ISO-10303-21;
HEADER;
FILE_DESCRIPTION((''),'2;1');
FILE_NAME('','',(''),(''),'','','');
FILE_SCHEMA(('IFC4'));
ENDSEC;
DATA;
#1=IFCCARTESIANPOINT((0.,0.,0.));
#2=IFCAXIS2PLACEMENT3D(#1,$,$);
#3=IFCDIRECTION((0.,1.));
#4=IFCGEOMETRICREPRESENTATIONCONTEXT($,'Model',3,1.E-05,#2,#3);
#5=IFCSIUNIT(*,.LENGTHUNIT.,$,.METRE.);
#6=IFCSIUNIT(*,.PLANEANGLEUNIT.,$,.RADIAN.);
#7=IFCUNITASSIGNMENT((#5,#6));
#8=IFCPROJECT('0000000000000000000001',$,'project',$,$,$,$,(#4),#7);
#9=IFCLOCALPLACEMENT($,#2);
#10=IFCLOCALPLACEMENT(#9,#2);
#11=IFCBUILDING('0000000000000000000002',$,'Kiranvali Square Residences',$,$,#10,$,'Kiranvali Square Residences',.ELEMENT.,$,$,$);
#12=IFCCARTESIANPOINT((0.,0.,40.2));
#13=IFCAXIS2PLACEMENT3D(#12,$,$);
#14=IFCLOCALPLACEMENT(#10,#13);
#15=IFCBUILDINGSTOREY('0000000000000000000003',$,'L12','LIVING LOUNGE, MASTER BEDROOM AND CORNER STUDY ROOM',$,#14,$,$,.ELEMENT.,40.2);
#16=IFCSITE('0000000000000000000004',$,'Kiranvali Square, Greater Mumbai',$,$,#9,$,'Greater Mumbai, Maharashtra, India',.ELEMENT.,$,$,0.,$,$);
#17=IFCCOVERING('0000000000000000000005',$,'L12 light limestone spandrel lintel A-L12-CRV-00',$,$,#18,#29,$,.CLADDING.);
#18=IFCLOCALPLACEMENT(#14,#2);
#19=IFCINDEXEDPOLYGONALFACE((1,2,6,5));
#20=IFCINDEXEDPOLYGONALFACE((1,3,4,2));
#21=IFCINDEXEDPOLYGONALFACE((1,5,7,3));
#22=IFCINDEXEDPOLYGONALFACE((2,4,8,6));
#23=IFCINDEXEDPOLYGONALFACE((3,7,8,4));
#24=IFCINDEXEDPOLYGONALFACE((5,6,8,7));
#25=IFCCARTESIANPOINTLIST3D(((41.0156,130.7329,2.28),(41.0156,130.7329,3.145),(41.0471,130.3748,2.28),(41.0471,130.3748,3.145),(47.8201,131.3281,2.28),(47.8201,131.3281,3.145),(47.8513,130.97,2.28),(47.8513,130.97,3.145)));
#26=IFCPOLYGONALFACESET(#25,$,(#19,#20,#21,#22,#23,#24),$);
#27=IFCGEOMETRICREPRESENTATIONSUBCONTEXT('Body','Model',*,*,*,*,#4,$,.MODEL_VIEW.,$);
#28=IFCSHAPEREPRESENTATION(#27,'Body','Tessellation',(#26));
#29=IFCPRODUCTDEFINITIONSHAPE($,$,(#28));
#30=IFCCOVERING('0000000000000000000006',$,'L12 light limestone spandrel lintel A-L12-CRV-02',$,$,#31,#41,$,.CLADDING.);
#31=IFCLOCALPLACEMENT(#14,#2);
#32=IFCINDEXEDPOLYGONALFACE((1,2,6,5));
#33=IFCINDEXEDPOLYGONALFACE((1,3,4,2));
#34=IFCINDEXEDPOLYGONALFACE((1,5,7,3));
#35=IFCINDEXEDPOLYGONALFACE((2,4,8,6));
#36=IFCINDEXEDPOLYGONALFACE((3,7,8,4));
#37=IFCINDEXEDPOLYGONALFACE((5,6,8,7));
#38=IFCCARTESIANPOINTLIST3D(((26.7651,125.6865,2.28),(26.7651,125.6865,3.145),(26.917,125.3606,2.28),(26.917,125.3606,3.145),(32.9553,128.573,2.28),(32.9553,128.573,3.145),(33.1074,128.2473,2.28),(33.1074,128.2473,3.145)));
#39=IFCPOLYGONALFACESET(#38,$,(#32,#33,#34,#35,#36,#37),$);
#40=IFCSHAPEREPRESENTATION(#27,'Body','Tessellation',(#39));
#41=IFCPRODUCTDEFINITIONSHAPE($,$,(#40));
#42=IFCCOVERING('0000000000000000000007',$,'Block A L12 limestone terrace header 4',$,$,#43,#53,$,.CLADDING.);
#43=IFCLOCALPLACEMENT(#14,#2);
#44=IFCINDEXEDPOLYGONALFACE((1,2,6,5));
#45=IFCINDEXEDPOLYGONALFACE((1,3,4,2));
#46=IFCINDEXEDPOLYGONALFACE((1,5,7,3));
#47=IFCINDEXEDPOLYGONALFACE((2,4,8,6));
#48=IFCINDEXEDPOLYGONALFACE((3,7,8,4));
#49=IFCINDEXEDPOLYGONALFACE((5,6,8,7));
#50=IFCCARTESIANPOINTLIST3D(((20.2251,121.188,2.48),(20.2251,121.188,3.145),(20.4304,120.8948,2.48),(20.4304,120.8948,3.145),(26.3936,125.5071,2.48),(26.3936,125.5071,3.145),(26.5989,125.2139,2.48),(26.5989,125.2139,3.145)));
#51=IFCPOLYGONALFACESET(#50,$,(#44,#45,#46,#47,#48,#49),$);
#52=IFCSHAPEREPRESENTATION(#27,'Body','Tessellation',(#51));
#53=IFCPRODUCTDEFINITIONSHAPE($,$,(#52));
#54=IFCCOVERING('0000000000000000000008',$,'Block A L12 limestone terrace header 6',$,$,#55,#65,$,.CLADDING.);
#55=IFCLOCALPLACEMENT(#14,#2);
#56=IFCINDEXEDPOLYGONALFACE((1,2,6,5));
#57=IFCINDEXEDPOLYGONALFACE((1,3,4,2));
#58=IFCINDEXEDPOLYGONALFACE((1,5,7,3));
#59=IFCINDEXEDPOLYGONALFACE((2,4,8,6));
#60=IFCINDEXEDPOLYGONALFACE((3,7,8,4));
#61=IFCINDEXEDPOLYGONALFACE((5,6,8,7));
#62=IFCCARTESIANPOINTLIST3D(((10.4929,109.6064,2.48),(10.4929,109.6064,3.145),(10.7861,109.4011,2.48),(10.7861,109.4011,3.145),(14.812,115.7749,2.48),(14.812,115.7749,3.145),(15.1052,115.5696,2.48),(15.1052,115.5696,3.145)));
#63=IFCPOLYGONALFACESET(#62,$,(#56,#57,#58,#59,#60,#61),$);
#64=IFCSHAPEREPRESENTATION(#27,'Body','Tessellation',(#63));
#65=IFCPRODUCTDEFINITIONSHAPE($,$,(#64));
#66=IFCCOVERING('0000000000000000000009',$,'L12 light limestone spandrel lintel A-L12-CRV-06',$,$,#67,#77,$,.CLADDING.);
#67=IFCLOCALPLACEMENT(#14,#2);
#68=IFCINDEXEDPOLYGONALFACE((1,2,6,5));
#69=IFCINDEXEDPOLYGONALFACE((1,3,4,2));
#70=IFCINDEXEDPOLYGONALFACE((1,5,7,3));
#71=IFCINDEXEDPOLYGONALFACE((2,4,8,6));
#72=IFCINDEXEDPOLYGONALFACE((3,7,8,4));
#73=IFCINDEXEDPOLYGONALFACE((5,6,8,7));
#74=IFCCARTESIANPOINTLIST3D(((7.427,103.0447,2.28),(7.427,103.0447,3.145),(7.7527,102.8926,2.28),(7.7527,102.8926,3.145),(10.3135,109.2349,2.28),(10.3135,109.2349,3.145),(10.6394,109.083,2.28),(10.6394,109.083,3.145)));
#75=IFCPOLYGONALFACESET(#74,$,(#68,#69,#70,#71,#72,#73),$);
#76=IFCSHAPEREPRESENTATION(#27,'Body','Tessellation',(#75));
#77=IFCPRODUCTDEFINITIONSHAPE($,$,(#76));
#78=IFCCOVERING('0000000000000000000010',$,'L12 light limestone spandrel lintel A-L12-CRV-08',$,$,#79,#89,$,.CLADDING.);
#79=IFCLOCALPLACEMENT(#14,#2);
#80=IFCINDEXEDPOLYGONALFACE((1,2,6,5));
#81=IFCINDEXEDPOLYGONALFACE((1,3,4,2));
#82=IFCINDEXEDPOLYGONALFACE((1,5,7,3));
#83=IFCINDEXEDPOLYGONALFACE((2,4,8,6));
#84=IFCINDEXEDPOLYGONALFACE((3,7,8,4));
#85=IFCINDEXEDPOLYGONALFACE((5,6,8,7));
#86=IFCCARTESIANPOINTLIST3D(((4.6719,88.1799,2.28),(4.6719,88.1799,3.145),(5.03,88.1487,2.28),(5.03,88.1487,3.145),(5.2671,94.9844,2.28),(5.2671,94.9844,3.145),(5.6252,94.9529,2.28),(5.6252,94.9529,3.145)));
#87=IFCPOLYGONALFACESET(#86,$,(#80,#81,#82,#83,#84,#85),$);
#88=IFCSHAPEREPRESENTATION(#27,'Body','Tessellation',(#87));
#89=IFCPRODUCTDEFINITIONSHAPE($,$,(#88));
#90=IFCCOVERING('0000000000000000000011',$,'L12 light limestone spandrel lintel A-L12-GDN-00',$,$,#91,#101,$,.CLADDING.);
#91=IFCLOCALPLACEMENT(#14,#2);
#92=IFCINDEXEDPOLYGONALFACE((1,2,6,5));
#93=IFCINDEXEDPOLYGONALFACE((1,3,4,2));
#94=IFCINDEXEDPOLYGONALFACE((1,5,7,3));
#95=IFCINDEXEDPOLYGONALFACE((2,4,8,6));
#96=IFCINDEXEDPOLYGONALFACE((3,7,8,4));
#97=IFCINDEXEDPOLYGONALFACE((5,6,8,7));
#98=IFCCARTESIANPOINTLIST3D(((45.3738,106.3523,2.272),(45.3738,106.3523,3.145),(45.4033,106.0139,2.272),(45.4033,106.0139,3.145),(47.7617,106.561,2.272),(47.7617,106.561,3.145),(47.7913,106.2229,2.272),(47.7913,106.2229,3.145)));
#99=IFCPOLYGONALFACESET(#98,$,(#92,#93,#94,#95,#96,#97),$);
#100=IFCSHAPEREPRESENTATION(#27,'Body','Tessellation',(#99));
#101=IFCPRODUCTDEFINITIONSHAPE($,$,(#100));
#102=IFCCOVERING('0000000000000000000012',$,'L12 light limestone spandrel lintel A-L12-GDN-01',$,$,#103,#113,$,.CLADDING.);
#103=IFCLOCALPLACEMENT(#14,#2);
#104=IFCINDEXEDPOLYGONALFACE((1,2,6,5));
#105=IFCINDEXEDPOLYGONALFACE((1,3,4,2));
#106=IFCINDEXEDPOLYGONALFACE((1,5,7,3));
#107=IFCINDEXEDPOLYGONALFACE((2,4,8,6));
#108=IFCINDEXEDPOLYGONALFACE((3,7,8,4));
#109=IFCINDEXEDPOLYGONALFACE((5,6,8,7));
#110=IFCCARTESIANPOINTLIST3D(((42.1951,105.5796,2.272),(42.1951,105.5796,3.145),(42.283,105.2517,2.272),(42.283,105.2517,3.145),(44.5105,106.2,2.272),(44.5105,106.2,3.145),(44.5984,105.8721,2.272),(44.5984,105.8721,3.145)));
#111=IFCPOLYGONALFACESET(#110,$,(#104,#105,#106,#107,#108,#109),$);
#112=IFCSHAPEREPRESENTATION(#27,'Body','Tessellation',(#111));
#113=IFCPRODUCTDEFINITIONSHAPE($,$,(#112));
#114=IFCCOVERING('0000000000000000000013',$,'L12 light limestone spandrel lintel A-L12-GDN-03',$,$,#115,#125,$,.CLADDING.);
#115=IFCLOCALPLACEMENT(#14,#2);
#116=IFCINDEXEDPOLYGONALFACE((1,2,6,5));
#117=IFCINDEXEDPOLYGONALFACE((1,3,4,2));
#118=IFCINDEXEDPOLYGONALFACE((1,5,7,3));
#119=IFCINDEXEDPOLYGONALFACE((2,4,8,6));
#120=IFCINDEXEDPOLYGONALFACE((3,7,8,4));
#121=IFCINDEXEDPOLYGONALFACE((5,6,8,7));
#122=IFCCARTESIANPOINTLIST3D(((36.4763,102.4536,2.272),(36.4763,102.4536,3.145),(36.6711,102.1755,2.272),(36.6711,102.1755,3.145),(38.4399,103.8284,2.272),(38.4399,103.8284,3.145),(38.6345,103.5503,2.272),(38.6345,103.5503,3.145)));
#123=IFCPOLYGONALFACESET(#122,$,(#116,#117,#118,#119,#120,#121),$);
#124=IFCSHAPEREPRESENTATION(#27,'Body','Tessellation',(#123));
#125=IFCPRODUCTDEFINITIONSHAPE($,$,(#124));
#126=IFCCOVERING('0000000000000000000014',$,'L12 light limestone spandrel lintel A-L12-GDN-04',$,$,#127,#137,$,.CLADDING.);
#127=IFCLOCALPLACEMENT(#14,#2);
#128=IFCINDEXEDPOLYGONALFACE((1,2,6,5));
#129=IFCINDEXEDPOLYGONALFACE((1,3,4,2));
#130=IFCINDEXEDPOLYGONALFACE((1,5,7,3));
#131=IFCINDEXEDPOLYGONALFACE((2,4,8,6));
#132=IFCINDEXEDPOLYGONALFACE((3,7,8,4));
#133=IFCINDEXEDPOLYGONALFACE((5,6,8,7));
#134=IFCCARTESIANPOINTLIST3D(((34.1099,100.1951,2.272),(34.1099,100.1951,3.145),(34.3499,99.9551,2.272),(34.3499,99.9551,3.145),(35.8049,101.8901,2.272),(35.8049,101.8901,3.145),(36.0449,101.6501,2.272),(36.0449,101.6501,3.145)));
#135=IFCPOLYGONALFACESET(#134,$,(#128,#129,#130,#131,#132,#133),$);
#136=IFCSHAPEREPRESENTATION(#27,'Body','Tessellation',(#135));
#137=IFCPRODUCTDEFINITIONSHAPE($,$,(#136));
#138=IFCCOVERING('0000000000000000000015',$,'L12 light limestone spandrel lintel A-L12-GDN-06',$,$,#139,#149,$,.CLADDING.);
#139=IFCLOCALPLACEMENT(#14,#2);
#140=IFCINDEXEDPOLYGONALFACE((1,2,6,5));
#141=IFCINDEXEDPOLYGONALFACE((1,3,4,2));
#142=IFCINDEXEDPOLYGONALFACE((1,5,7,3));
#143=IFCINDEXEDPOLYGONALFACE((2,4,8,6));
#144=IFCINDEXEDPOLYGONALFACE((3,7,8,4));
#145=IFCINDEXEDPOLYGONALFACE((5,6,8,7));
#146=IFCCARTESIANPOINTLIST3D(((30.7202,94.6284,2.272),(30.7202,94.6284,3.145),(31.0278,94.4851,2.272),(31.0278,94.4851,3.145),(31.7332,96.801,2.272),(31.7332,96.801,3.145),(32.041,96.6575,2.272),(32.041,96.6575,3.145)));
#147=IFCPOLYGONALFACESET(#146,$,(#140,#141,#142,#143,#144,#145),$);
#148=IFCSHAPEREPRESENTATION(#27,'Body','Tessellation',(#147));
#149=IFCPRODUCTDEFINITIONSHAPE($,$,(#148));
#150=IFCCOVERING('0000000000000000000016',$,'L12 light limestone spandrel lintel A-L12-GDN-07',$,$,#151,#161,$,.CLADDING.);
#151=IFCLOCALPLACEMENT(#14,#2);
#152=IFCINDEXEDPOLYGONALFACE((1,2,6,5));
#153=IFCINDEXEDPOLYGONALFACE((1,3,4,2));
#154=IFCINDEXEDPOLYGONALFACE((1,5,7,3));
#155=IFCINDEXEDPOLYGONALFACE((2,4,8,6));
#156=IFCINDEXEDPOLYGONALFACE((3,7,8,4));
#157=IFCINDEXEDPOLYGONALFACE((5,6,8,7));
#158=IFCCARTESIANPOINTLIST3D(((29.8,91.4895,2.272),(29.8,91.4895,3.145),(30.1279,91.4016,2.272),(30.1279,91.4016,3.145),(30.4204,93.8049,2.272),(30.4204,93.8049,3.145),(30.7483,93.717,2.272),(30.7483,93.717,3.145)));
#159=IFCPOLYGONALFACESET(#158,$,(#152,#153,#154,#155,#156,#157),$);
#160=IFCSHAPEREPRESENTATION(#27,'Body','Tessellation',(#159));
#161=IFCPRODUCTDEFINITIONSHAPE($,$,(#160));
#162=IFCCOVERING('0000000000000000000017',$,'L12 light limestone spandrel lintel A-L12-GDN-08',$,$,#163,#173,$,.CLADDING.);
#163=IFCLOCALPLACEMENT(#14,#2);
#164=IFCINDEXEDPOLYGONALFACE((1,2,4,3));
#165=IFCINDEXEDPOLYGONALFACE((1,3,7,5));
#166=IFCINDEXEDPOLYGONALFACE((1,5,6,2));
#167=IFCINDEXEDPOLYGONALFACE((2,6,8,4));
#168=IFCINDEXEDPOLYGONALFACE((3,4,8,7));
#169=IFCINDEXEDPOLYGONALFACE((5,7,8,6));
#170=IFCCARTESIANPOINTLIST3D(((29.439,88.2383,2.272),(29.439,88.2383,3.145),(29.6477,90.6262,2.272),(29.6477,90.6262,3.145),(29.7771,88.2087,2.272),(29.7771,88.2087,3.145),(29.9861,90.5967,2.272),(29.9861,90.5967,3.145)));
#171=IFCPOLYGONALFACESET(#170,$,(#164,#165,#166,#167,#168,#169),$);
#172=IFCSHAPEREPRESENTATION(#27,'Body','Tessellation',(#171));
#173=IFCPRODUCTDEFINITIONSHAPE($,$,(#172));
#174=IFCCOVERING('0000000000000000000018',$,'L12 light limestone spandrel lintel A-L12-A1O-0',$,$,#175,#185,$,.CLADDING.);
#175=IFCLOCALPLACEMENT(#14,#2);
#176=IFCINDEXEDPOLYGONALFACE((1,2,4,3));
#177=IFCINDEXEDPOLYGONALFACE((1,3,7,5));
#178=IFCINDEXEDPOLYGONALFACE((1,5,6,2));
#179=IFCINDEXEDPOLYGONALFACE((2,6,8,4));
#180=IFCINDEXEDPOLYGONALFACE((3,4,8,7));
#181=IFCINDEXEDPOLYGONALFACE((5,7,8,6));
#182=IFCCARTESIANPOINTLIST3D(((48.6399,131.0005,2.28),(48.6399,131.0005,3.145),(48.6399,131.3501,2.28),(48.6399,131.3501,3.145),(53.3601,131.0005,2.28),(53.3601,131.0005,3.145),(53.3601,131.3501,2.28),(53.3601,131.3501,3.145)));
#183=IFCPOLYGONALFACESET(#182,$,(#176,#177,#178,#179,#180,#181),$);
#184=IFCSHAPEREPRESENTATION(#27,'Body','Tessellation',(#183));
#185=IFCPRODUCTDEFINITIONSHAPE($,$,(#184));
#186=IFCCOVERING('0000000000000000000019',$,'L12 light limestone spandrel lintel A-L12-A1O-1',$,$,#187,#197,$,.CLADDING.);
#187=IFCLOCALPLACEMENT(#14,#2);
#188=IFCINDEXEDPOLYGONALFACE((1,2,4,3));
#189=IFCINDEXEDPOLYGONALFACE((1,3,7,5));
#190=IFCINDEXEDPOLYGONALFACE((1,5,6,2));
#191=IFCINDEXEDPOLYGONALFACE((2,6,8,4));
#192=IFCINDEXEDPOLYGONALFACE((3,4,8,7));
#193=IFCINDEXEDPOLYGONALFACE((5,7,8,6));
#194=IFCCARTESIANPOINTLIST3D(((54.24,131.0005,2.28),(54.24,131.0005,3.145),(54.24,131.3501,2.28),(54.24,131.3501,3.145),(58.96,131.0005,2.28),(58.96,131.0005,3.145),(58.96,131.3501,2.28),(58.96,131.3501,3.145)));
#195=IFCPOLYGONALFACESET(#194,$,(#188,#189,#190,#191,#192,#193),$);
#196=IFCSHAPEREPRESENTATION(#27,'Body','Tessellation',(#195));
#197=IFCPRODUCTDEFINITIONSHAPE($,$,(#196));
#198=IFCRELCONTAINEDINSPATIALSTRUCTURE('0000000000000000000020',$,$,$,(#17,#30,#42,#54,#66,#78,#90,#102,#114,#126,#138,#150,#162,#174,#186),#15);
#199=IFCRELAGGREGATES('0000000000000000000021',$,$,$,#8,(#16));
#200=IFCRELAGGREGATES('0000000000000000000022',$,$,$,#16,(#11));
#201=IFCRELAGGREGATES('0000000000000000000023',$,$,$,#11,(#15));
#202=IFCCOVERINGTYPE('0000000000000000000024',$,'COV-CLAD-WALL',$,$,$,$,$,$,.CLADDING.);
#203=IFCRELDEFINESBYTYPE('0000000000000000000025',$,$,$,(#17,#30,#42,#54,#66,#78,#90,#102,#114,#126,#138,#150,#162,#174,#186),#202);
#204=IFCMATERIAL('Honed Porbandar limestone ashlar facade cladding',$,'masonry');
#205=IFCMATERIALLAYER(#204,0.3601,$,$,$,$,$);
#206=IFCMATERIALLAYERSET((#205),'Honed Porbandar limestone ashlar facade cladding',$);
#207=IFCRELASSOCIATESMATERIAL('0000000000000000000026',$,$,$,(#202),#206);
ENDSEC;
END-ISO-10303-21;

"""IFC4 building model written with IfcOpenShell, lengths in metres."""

from ifc_helpers import new_model, si_unit, direction, frame, origin, place, context, subcontext, project, spatial, polyline, outline, extrude, material, layer, layer_set, type_object, element, save


model = new_model("IFC4")

# Units and contexts
model_context = context("Model", 3, precision=1e-05, world=origin(), true_north=direction((0.0, 1.0)))
body_context = subcontext(model_context, "Body", "Model", "MODEL_VIEW")
ifc_project = project(units=[si_unit("LENGTHUNIT", "METRE"), si_unit("PLANEANGLEUNIT", "RADIAN")], contexts=[model_context])

# Site, building, storey
site_placement = place(None, origin())
site = spatial("IfcSite", under=ifc_project, at=site_placement, Name="Kiranvali Square, Greater Mumbai", LongName="Greater Mumbai, Maharashtra, India", CompositionType="ELEMENT", RefElevation=0.0)
building_placement = place(site_placement, origin())
building = spatial("IfcBuilding", under=site, at=building_placement, Name="Kiranvali Square Residences", LongName="Kiranvali Square Residences", CompositionType="ELEMENT")
storey_placement = place(building_placement, frame((0.0, 0.0, 40.2)))
storey = spatial("IfcBuildingStorey", under=building, at=storey_placement, Name="L12", Description="LIVING LOUNGE, MASTER BEDROOM AND CORNER STUDY ROOM", CompositionType="ELEMENT", Elevation=40.2)

# Coverings
ifc_material = material(Name="Honed Porbandar limestone ashlar facade cladding", Category="masonry")
ifc_layer = layer(ifc_material, 0.3601)
ifc_layer_set = layer_set([ifc_layer], Name="Honed Porbandar limestone ashlar facade cladding")
covering_type = type_object("IfcCoveringType", Name="COV-CLAD-WALL", PredefinedType="CLADDING", material=ifc_layer_set)
covering_1_placement = place(storey_placement, frame((0.0, 0.0, 2.28)))
element("IfcCovering", 1, at=covering_1_placement, inside=storey, type_object=covering_type, Name="L12 light limestone spandrel lintel A-L12-CRV-00", PredefinedType="CLADDING", context=body_context, shape_type="SweptSolid", body=[
    extrude(outline(polyline([(47.8201, 131.3281), (41.0156, 130.7329), (41.0471, 130.3748), (47.8513, 130.97), (47.8201, 131.3281)])), origin(), (0.0, 0.0, 1.0), 0.865),
])
covering_2_placement = place(storey_placement, frame((0.0, 0.0, 2.28)))
element("IfcCovering", 2, at=covering_2_placement, inside=storey, type_object=covering_type, Name="L12 light limestone spandrel lintel A-L12-CRV-02", PredefinedType="CLADDING", context=body_context, shape_type="SweptSolid", body=[
    extrude(outline(polyline([(32.9553, 128.573), (26.7651, 125.6865), (26.917, 125.3606), (33.1074, 128.2473), (32.9553, 128.573)])), origin(), (0.0, 0.0, 1.0), 0.865),
])
covering_3_placement = place(storey_placement, frame((0.0, 0.0, 2.48)))
element("IfcCovering", 3, at=covering_3_placement, inside=storey, type_object=covering_type, Name="Block A L12 limestone terrace header 4", PredefinedType="CLADDING", context=body_context, shape_type="SweptSolid", body=[
    extrude(outline(polyline([(26.3936, 125.5071), (20.2251, 121.188), (20.4304, 120.8948), (26.5989, 125.2139), (26.3936, 125.5071)])), origin(), (0.0, 0.0, 1.0), 0.665),
])
covering_4_placement = place(storey_placement, frame((0.0, 0.0, 2.48)))
element("IfcCovering", 4, at=covering_4_placement, inside=storey, type_object=covering_type, Name="Block A L12 limestone terrace header 6", PredefinedType="CLADDING", context=body_context, shape_type="SweptSolid", body=[
    extrude(outline(polyline([(14.812, 115.7749), (10.4929, 109.6064), (10.7861, 109.4011), (15.1052, 115.5696), (14.812, 115.7749)])), origin(), (0.0, 0.0, 1.0), 0.665),
])
covering_5_placement = place(storey_placement, frame((0.0, 0.0, 2.28)))
element("IfcCovering", 5, at=covering_5_placement, inside=storey, type_object=covering_type, Name="L12 light limestone spandrel lintel A-L12-CRV-06", PredefinedType="CLADDING", context=body_context, shape_type="SweptSolid", body=[
    extrude(outline(polyline([(10.3135, 109.2349), (7.427, 103.0447), (7.7527, 102.8926), (10.6394, 109.083), (10.3135, 109.2349)])), origin(), (0.0, 0.0, 1.0), 0.865),
])
covering_6_placement = place(storey_placement, frame((0.0, 0.0, 2.28)))
element("IfcCovering", 6, at=covering_6_placement, inside=storey, type_object=covering_type, Name="L12 light limestone spandrel lintel A-L12-CRV-08", PredefinedType="CLADDING", context=body_context, shape_type="SweptSolid", body=[
    extrude(outline(polyline([(5.2671, 94.9844), (4.6719, 88.1799), (5.03, 88.1487), (5.6252, 94.9529), (5.2671, 94.9844)])), origin(), (0.0, 0.0, 1.0), 0.865),
])
covering_7_placement = place(storey_placement, frame((0.0, 0.0, 2.272)))
element("IfcCovering", 7, at=covering_7_placement, inside=storey, type_object=covering_type, Name="L12 light limestone spandrel lintel A-L12-GDN-00", PredefinedType="CLADDING", context=body_context, shape_type="SweptSolid", body=[
    extrude(outline(polyline([(47.7617, 106.561), (45.3738, 106.3523), (45.4033, 106.0139), (47.7913, 106.2229), (47.7617, 106.561)])), origin(), (0.0, 0.0, 1.0), 0.873),
])
covering_8_placement = place(storey_placement, frame((0.0, 0.0, 2.272)))
element("IfcCovering", 8, at=covering_8_placement, inside=storey, type_object=covering_type, Name="L12 light limestone spandrel lintel A-L12-GDN-01", PredefinedType="CLADDING", context=body_context, shape_type="SweptSolid", body=[
    extrude(outline(polyline([(44.5105, 106.2), (42.1951, 105.5796), (42.283, 105.2517), (44.5984, 105.8721), (44.5105, 106.2)])), origin(), (0.0, 0.0, 1.0), 0.873),
])
covering_9_placement = place(storey_placement, frame((0.0, 0.0, 2.272)))
element("IfcCovering", 9, at=covering_9_placement, inside=storey, type_object=covering_type, Name="L12 light limestone spandrel lintel A-L12-GDN-03", PredefinedType="CLADDING", context=body_context, shape_type="SweptSolid", body=[
    extrude(outline(polyline([(38.4399, 103.8284), (36.4763, 102.4536), (36.6711, 102.1755), (38.6345, 103.5503), (38.4399, 103.8284)])), origin(), (0.0, 0.0, 1.0), 0.873),
])
covering_10_placement = place(storey_placement, frame((0.0, 0.0, 2.272)))
element("IfcCovering", 10, at=covering_10_placement, inside=storey, type_object=covering_type, Name="L12 light limestone spandrel lintel A-L12-GDN-04", PredefinedType="CLADDING", context=body_context, shape_type="SweptSolid", body=[
    extrude(outline(polyline([(35.8049, 101.8901), (34.1099, 100.1951), (34.3499, 99.9551), (36.0449, 101.6501), (35.8049, 101.8901)])), origin(), (0.0, 0.0, 1.0), 0.873),
])
covering_11_placement = place(storey_placement, frame((0.0, 0.0, 2.272)))
element("IfcCovering", 11, at=covering_11_placement, inside=storey, type_object=covering_type, Name="L12 light limestone spandrel lintel A-L12-GDN-06", PredefinedType="CLADDING", context=body_context, shape_type="SweptSolid", body=[
    extrude(outline(polyline([(31.7332, 96.801), (30.7202, 94.6284), (31.0278, 94.4851), (32.041, 96.6575), (31.7332, 96.801)])), origin(), (0.0, 0.0, 1.0), 0.873),
])
covering_12_placement = place(storey_placement, frame((0.0, 0.0, 2.272)))
element("IfcCovering", 12, at=covering_12_placement, inside=storey, type_object=covering_type, Name="L12 light limestone spandrel lintel A-L12-GDN-07", PredefinedType="CLADDING", context=body_context, shape_type="SweptSolid", body=[
    extrude(outline(polyline([(30.4204, 93.8049), (29.8, 91.4895), (30.1279, 91.4016), (30.7483, 93.717), (30.4204, 93.8049)])), origin(), (0.0, 0.0, 1.0), 0.873),
])
covering_13_placement = place(storey_placement, frame((0.0, 0.0, 2.272)))
element("IfcCovering", 13, at=covering_13_placement, inside=storey, type_object=covering_type, Name="L12 light limestone spandrel lintel A-L12-GDN-08", PredefinedType="CLADDING", context=body_context, shape_type="SweptSolid", body=[
    extrude(outline(polyline([(29.6477, 90.6262), (29.439, 88.2383), (29.7771, 88.2087), (29.9861, 90.5967), (29.6477, 90.6262)])), origin(), (0.0, 0.0, 1.0), 0.873),
])
covering_14_placement = place(storey_placement, frame((0.0, 0.0, 2.28)))
element("IfcCovering", 14, at=covering_14_placement, inside=storey, type_object=covering_type, Name="L12 light limestone spandrel lintel A-L12-A1O-0", PredefinedType="CLADDING", context=body_context, shape_type="SweptSolid", body=[
    extrude(outline(polyline([(48.6399, 131.0005), (53.3601, 131.0005), (53.3601, 131.3501), (48.6399, 131.3501), (48.6399, 131.0005)])), origin(), (0.0, 0.0, 1.0), 0.865),
])
covering_15_placement = place(storey_placement, frame((0.0, 0.0, 2.28)))
element("IfcCovering", 15, at=covering_15_placement, inside=storey, type_object=covering_type, Name="L12 light limestone spandrel lintel A-L12-A1O-1", PredefinedType="CLADDING", context=body_context, shape_type="SweptSolid", body=[
    extrude(outline(polyline([(54.24, 131.0005), (58.96, 131.0005), (58.96, 131.3501), (54.24, 131.3501), (54.24, 131.0005)])), origin(), (0.0, 0.0, 1.0), 0.865),
])

save(model, "model.ifc")
